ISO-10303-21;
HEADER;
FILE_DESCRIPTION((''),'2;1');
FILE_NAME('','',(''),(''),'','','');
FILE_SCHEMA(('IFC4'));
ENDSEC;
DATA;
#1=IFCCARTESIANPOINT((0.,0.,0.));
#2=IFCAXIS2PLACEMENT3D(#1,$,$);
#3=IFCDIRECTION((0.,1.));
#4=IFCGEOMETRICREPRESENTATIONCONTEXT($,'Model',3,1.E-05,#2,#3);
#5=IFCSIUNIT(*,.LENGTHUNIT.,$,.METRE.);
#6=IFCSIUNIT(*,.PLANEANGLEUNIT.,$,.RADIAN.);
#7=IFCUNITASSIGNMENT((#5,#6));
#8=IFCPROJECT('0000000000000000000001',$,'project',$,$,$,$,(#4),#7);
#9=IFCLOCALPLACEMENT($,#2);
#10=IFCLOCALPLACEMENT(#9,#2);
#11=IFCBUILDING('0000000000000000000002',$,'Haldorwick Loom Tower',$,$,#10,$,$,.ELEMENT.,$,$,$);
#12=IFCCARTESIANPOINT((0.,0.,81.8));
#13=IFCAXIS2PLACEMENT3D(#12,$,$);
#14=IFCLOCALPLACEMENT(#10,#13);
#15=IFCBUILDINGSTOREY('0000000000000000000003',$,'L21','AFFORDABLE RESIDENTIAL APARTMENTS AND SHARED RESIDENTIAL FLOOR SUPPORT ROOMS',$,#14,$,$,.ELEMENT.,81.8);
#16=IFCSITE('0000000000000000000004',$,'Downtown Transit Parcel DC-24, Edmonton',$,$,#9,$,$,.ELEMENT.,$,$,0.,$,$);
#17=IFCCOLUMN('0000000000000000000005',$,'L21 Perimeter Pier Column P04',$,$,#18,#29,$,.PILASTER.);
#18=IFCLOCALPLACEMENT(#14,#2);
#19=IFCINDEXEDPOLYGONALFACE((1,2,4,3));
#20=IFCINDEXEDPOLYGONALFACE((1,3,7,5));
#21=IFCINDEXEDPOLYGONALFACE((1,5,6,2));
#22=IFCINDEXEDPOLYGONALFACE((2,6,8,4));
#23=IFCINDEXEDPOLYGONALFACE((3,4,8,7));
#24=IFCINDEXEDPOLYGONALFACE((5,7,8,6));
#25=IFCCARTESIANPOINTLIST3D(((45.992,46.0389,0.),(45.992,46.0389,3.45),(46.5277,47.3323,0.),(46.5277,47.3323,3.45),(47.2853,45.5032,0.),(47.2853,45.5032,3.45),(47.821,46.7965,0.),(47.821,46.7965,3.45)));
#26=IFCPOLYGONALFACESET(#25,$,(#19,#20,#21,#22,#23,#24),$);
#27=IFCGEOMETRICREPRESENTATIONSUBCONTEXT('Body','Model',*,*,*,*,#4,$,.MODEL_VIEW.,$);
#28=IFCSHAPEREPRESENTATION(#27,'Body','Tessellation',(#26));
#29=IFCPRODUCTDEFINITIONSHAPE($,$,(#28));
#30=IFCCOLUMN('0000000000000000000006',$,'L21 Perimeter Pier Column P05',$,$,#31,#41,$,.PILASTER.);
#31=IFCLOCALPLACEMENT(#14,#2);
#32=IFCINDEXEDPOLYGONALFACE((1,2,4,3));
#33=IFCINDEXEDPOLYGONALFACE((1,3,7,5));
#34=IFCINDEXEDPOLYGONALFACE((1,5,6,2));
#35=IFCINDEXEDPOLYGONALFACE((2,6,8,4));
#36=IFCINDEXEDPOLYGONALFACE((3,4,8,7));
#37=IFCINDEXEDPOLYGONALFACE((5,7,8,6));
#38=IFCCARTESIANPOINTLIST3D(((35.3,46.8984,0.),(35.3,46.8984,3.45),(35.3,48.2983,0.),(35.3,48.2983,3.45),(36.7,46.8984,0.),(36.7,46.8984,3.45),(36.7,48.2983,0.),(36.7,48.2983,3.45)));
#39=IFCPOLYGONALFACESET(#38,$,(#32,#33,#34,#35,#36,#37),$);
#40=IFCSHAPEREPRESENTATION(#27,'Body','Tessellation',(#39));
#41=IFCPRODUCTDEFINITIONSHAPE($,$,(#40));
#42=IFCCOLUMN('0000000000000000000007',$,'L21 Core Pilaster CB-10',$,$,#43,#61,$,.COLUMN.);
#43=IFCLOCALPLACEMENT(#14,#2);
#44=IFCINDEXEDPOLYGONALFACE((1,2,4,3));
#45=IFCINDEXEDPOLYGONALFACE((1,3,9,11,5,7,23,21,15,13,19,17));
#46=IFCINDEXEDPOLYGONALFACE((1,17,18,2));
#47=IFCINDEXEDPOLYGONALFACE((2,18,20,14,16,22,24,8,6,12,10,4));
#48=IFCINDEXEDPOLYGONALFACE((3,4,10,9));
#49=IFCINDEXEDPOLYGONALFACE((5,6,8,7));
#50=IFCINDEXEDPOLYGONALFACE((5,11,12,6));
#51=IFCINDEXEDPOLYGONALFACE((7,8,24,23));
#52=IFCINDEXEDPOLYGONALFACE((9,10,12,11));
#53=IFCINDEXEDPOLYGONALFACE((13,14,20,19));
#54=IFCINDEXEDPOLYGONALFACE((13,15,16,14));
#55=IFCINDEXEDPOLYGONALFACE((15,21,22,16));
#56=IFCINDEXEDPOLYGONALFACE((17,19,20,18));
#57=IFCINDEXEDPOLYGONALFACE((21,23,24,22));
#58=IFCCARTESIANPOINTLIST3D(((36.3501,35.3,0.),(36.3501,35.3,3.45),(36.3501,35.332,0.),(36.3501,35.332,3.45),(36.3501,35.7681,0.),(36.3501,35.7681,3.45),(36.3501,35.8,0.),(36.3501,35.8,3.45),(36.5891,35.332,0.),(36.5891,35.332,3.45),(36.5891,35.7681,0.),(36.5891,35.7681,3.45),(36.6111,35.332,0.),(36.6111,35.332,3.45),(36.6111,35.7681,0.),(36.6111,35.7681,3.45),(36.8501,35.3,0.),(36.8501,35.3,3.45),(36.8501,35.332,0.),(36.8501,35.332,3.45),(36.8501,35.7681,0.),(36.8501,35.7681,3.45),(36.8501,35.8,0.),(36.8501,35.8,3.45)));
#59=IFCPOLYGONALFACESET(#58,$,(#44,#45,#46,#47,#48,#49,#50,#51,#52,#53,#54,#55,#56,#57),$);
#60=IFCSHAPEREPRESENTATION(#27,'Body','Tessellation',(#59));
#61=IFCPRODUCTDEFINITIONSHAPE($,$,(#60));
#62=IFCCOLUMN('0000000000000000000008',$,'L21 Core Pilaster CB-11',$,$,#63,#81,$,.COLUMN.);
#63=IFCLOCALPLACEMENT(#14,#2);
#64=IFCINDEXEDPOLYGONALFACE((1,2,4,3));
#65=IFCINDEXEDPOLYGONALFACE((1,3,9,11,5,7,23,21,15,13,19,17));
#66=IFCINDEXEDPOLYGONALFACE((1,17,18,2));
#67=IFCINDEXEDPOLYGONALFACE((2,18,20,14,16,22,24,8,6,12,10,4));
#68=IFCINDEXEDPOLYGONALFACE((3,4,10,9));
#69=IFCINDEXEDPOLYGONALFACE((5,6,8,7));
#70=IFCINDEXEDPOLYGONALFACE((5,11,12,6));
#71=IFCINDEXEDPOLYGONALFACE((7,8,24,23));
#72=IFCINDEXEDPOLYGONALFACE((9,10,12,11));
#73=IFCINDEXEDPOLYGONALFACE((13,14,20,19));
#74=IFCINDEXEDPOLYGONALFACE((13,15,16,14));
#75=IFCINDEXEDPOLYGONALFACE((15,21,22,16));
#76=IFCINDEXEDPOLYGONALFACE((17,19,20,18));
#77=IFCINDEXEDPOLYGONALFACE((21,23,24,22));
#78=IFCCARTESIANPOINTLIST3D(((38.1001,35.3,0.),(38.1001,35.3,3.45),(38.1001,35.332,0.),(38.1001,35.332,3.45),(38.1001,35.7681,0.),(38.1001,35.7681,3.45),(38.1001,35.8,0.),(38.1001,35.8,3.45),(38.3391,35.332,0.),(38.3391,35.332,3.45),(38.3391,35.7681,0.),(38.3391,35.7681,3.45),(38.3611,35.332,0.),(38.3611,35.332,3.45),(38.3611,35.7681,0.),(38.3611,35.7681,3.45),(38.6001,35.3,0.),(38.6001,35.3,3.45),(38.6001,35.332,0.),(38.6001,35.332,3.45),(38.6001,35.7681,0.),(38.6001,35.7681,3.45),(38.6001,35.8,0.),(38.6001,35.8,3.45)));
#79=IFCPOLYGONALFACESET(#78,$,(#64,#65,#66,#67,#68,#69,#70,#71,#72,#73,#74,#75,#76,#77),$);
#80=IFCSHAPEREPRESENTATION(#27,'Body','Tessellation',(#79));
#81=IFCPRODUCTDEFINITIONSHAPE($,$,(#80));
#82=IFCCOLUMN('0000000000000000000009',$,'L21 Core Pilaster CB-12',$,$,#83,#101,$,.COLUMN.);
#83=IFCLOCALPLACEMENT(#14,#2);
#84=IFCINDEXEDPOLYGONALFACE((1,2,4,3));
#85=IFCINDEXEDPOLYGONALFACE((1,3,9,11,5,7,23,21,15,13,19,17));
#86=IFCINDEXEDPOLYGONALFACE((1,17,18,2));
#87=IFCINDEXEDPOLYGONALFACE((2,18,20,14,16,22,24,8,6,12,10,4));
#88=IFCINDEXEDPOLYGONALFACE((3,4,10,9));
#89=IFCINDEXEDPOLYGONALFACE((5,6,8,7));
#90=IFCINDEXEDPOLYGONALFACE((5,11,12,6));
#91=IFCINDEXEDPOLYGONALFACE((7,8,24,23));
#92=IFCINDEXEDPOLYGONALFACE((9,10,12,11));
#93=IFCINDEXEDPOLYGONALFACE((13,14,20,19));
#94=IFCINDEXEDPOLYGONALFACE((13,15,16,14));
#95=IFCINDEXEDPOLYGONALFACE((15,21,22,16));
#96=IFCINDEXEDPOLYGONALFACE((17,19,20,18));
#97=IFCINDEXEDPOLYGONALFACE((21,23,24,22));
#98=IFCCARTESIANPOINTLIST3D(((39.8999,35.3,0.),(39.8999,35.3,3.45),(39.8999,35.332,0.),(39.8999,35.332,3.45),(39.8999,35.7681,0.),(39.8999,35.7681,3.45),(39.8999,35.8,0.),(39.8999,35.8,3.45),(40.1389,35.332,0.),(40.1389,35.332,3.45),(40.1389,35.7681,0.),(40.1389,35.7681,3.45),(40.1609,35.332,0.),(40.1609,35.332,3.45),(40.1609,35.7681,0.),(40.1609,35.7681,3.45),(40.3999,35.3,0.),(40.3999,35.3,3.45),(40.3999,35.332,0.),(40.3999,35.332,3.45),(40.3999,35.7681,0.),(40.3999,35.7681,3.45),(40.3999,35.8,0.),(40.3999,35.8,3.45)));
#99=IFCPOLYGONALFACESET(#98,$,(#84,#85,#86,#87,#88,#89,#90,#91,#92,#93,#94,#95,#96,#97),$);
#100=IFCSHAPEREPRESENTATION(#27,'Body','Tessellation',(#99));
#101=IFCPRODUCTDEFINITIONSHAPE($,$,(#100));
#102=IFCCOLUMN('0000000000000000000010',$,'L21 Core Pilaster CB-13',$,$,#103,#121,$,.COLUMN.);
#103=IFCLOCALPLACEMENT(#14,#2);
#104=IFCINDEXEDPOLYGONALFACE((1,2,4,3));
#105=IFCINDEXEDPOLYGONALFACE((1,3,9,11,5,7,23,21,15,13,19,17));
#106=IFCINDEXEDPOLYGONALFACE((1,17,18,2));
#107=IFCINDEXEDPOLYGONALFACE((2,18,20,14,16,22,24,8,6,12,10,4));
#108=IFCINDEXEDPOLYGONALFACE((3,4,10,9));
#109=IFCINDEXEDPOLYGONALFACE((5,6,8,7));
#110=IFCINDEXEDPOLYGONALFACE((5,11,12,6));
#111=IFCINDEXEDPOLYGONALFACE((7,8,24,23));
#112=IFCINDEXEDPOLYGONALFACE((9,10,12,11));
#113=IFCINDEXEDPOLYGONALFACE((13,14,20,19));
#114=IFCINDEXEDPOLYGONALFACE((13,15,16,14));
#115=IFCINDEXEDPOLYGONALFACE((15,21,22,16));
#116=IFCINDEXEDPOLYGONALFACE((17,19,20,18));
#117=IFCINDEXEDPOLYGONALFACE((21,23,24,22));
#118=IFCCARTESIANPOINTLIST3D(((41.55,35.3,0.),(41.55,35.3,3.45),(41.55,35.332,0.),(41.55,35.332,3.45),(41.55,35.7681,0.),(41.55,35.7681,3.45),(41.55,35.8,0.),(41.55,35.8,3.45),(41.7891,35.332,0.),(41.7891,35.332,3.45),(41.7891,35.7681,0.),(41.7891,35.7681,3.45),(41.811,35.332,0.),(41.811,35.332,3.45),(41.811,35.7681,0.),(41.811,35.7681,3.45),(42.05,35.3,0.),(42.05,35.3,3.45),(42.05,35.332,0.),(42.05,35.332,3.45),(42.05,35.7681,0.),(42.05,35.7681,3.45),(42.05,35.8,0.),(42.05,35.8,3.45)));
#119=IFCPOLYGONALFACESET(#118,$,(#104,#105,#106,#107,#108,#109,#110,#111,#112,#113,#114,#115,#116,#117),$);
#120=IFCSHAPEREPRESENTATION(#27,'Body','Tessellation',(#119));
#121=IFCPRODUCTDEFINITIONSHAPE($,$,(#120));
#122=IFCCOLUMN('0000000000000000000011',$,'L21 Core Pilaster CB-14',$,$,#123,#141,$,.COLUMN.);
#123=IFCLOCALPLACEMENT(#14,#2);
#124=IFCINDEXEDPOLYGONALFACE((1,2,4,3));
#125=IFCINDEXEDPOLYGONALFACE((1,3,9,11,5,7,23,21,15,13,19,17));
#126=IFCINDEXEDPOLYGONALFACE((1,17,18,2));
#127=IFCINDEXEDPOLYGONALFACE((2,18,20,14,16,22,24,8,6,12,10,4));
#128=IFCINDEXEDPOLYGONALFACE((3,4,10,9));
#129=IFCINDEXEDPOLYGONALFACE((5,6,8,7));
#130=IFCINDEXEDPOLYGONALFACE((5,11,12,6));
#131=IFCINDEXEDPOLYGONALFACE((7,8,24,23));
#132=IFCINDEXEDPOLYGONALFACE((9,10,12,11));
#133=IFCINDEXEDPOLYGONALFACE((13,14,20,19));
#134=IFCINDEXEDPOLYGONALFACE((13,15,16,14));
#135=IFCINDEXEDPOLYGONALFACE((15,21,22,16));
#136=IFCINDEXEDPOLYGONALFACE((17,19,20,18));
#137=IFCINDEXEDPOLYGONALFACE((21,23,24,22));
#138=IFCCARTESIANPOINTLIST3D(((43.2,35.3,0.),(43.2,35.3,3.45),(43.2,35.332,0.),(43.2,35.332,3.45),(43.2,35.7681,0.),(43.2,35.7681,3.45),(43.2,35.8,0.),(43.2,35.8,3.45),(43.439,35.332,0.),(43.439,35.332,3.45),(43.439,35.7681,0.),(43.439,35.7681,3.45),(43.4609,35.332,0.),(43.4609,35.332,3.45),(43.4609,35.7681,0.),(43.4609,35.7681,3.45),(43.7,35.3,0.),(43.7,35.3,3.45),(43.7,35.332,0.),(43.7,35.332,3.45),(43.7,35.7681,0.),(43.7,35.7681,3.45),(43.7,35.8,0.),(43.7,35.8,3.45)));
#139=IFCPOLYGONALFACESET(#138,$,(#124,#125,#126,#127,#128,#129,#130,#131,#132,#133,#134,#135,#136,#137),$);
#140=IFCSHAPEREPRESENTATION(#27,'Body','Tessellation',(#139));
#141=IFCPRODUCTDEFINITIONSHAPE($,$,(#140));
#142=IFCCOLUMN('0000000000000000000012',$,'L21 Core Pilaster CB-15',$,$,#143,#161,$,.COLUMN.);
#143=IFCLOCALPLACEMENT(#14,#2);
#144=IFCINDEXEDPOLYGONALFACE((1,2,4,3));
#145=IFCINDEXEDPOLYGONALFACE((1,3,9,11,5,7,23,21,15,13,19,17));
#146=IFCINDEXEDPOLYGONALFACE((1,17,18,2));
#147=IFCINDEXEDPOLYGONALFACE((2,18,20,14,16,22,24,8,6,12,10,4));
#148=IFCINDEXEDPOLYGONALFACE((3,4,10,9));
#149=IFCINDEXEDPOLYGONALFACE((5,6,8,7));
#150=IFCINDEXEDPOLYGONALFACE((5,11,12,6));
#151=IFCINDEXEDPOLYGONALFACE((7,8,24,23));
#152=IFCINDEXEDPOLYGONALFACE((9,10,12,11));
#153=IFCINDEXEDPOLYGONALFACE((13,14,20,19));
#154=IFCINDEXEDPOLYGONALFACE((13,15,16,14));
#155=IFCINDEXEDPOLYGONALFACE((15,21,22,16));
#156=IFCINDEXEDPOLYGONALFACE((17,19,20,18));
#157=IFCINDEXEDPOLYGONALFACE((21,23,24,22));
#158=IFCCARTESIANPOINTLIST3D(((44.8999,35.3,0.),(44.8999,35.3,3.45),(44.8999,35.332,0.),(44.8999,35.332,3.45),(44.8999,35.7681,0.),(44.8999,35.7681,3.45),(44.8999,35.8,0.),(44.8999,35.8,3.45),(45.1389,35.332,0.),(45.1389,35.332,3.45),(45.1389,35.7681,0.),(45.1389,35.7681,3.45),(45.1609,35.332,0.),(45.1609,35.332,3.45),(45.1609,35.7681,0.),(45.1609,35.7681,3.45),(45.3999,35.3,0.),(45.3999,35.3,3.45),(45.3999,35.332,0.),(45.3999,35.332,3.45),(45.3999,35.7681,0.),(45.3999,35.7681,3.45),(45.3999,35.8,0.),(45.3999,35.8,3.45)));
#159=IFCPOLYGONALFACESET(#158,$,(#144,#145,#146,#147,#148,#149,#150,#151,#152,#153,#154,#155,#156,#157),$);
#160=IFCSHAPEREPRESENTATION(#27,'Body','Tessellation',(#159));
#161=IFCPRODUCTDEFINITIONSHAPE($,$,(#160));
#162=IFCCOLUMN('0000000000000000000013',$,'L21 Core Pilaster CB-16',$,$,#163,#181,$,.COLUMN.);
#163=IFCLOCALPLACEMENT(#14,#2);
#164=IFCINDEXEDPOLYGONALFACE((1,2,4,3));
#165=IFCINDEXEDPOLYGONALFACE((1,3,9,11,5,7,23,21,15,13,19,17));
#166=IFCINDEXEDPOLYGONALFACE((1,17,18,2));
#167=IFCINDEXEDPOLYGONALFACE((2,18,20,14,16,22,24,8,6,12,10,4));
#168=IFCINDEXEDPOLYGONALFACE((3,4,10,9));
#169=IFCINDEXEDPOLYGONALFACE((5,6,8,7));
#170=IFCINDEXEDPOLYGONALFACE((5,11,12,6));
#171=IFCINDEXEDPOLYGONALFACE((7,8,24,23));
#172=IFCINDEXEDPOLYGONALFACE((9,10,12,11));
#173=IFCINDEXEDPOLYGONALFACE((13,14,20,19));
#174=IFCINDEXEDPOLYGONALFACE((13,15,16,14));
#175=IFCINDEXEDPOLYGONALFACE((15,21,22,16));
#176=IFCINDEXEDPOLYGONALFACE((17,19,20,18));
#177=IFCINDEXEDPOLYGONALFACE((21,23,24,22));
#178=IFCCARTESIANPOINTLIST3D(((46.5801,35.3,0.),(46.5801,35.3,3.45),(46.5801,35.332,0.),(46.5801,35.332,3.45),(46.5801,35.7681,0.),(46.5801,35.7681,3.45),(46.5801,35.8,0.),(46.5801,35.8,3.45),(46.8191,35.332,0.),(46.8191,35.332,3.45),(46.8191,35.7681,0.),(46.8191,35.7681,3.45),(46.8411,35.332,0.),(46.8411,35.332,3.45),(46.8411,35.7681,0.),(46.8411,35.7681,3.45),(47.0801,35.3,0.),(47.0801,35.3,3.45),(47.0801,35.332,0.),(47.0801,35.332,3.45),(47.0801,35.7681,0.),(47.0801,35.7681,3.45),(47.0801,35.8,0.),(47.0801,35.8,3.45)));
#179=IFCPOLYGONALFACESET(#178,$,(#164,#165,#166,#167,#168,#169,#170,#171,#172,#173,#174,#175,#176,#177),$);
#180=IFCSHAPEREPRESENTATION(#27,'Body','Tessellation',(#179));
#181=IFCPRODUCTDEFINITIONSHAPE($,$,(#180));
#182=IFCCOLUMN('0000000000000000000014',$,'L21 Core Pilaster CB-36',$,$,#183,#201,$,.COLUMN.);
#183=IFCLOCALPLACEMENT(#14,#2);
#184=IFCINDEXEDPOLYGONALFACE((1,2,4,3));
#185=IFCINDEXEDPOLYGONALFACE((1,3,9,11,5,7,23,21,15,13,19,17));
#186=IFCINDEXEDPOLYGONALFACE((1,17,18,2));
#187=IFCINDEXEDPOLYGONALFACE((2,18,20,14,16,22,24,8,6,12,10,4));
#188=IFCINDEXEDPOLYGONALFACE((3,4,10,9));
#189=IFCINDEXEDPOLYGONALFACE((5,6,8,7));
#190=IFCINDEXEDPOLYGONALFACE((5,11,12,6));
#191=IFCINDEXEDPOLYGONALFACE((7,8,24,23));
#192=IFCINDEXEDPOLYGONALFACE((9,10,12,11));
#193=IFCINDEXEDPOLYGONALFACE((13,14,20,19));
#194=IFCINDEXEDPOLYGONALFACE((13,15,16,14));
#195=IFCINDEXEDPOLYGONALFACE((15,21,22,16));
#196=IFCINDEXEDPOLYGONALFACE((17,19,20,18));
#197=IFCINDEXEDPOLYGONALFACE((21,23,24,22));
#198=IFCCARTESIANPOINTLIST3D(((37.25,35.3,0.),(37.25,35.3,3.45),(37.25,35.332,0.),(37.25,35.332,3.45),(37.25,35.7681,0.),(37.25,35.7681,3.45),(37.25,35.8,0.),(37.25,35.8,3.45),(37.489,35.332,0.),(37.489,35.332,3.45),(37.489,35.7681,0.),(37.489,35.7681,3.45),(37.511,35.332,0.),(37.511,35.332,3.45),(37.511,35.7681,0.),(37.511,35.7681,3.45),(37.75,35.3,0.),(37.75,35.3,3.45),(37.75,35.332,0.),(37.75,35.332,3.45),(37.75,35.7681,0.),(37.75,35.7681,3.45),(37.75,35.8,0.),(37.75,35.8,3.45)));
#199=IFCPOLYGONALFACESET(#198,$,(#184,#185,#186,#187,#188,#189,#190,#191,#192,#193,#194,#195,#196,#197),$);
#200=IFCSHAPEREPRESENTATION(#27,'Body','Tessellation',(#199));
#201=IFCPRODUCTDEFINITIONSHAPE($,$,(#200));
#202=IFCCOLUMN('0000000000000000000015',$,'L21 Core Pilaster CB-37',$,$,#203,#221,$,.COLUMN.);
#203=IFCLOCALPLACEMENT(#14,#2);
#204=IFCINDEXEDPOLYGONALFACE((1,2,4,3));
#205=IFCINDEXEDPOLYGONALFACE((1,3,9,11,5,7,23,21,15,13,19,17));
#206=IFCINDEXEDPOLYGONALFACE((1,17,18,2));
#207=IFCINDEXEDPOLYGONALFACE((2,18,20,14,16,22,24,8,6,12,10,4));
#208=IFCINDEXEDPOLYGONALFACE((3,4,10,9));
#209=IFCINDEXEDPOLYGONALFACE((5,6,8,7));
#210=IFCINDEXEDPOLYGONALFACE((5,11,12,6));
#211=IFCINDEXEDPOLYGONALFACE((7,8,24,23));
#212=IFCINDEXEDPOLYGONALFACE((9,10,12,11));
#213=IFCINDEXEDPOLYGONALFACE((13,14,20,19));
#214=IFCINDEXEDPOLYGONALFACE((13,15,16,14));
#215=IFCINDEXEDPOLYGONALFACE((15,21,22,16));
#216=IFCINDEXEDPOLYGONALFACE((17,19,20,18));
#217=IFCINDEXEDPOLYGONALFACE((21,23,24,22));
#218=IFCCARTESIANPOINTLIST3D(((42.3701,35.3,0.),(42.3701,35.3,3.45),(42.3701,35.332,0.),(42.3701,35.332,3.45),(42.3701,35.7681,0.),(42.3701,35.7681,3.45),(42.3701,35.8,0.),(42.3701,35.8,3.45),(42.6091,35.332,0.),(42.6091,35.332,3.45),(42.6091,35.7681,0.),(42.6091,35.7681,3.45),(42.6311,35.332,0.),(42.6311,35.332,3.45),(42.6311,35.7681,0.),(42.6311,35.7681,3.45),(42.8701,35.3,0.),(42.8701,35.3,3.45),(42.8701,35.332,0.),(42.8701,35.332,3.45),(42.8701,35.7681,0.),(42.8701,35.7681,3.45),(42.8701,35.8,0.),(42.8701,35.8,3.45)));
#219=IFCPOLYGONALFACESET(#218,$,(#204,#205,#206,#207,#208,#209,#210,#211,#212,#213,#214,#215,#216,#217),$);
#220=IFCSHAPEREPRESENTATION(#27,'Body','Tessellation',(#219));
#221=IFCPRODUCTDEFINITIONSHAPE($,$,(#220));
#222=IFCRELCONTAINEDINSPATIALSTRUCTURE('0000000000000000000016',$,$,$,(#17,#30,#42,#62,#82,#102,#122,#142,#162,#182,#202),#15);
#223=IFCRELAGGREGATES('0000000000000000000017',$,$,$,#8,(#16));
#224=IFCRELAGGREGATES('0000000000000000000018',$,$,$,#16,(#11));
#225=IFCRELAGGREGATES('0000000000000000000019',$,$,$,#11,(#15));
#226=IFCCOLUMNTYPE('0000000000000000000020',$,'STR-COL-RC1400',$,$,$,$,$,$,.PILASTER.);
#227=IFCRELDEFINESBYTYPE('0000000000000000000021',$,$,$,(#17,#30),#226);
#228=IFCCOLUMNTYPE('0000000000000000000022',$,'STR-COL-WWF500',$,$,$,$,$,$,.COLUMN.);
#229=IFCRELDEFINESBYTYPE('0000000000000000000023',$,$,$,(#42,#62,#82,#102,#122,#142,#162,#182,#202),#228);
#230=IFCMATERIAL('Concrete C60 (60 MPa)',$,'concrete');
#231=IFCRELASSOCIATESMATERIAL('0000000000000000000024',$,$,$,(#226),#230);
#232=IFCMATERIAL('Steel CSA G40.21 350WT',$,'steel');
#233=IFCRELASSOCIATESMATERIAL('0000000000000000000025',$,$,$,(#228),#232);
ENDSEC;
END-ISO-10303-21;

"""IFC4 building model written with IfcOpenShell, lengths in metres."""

from ifc_helpers import new_model, si_unit, direction, frame, origin, origin_2d, place, context, subcontext, project, spatial, rectangle, i_section, extrude, material, material_profile, profile_set, type_object, element, save


model = new_model("IFC4")

# Units and contexts
model_context = context("Model", 3, precision=1e-05, world=origin(), true_north=direction((0.0, 1.0)))
body_context = subcontext(model_context, "Body", "Model", "MODEL_VIEW")
ifc_project = project(units=[si_unit("LENGTHUNIT", "METRE"), si_unit("PLANEANGLEUNIT", "RADIAN")], contexts=[model_context])

# Site, building, storey
site_placement = place(None, origin())
site = spatial("IfcSite", under=ifc_project, at=site_placement, Name="Downtown Transit Parcel DC-24, Edmonton", CompositionType="ELEMENT", RefElevation=0.0)
building_placement = place(site_placement, origin())
building = spatial("IfcBuilding", under=site, at=building_placement, Name="Haldorwick Loom Tower", CompositionType="ELEMENT")
storey_placement = place(building_placement, frame((0.0, 0.0, 81.8)))
storey = spatial("IfcBuildingStorey", under=building, at=storey_placement, Name="L21", Description="AFFORDABLE RESIDENTIAL APARTMENTS AND SHARED RESIDENTIAL FLOOR SUPPORT ROOMS", CompositionType="ELEMENT", Elevation=81.8)

# Columns
ifc_material_1 = material(Name="Concrete C60 (60 MPa)", Category="concrete")
ifc_material_profile_1 = material_profile(ifc_material_1, rectangle(XDim=1.3999, YDim=1.3999, at=origin_2d()), Name="RC1400X1400", Category="concrete")
ifc_profile_set_1 = profile_set([ifc_material_profile_1], Name="Concrete C60 (60 MPa)")
column_type_1 = type_object("IfcColumnType", Name="STR-COL-RC1400", PredefinedType="PILASTER", material=ifc_profile_set_1)
for number, where, z_axis, x_axis, name in (
    (1, (46.9065, 46.4177, 0.0), (0.0, 0.0, 1.0), (0.382683, 0.92388, 0.0), "L21 Perimeter Pier Column P04"),
    (2, (36.0, 47.5984, 0.0), (0.0, 0.0, 1.0), (0.0, 1.0, 0.0), "L21 Perimeter Pier Column P05"),
):
    element("IfcColumn", number, at=place(storey_placement, frame(where, z_axis=z_axis, x_axis=x_axis)), inside=storey, type_object=column_type_1, Name=name, PredefinedType="PILASTER", context=body_context, shape_type="SweptSolid", body=[
        extrude(rectangle(XDim=1.3999, YDim=1.3999, at=origin_2d()), origin(), (0.0, 0.0, 1.0), 3.45),
    ])
ifc_material_2 = material(Name="Steel CSA G40.21 350WT", Category="steel")
ifc_material_profile_2 = material_profile(ifc_material_2, i_section(OverallWidth=0.5, OverallDepth=0.5, WebThickness=0.022, FlangeThickness=0.032, at=origin_2d()), Name="WWF500X500", Category="steel")
ifc_profile_set_2 = profile_set([ifc_material_profile_2], Name="Steel CSA G40.21 350WT")
column_type_2 = type_object("IfcColumnType", Name="STR-COL-WWF500", PredefinedType="COLUMN", material=ifc_profile_set_2)
for number, where, z_axis, x_axis, name in (
    (3, (36.6001, 35.55, 0.0), (0.0, 0.0, 1.0), (1.0, 0.0, 0.0), "L21 Core Pilaster CB-10"),
    (4, (38.3501, 35.55, 0.0), (0.0, 0.0, 1.0), (1.0, 0.0, 0.0), "L21 Core Pilaster CB-11"),
    (5, (40.1499, 35.55, 0.0), (0.0, 0.0, 1.0), (1.0, 0.0, 0.0), "L21 Core Pilaster CB-12"),
    (6, (41.8, 35.55, 0.0), (0.0, 0.0, 1.0), (1.0, 0.0, 0.0), "L21 Core Pilaster CB-13"),
    (7, (43.45, 35.55, 0.0), (0.0, 0.0, 1.0), (1.0, 0.0, 0.0), "L21 Core Pilaster CB-14"),
    (8, (45.1499, 35.55, 0.0), (0.0, 0.0, 1.0), (1.0, 0.0, 0.0), "L21 Core Pilaster CB-15"),
    (9, (46.8301, 35.55, 0.0), (0.0, 0.0, 1.0), (1.0, 0.0, 0.0), "L21 Core Pilaster CB-16"),
    (10, (37.5, 35.55, 0.0), (0.0, 0.0, 1.0), (1.0, 0.0, 0.0), "L21 Core Pilaster CB-36"),
    (11, (42.6201, 35.55, 0.0), (0.0, 0.0, 1.0), (1.0, 0.0, 0.0), "L21 Core Pilaster CB-37"),
):
    element("IfcColumn", number, at=place(storey_placement, frame(where, z_axis=z_axis, x_axis=x_axis)), inside=storey, type_object=column_type_2, Name=name, PredefinedType="COLUMN", context=body_context, shape_type="SweptSolid", body=[
        extrude(i_section(OverallWidth=0.5, OverallDepth=0.5, WebThickness=0.022, FlangeThickness=0.032, at=origin_2d()), origin(), (0.0, 0.0, 1.0), 3.45),
    ])

save(model, "model.ifc")
